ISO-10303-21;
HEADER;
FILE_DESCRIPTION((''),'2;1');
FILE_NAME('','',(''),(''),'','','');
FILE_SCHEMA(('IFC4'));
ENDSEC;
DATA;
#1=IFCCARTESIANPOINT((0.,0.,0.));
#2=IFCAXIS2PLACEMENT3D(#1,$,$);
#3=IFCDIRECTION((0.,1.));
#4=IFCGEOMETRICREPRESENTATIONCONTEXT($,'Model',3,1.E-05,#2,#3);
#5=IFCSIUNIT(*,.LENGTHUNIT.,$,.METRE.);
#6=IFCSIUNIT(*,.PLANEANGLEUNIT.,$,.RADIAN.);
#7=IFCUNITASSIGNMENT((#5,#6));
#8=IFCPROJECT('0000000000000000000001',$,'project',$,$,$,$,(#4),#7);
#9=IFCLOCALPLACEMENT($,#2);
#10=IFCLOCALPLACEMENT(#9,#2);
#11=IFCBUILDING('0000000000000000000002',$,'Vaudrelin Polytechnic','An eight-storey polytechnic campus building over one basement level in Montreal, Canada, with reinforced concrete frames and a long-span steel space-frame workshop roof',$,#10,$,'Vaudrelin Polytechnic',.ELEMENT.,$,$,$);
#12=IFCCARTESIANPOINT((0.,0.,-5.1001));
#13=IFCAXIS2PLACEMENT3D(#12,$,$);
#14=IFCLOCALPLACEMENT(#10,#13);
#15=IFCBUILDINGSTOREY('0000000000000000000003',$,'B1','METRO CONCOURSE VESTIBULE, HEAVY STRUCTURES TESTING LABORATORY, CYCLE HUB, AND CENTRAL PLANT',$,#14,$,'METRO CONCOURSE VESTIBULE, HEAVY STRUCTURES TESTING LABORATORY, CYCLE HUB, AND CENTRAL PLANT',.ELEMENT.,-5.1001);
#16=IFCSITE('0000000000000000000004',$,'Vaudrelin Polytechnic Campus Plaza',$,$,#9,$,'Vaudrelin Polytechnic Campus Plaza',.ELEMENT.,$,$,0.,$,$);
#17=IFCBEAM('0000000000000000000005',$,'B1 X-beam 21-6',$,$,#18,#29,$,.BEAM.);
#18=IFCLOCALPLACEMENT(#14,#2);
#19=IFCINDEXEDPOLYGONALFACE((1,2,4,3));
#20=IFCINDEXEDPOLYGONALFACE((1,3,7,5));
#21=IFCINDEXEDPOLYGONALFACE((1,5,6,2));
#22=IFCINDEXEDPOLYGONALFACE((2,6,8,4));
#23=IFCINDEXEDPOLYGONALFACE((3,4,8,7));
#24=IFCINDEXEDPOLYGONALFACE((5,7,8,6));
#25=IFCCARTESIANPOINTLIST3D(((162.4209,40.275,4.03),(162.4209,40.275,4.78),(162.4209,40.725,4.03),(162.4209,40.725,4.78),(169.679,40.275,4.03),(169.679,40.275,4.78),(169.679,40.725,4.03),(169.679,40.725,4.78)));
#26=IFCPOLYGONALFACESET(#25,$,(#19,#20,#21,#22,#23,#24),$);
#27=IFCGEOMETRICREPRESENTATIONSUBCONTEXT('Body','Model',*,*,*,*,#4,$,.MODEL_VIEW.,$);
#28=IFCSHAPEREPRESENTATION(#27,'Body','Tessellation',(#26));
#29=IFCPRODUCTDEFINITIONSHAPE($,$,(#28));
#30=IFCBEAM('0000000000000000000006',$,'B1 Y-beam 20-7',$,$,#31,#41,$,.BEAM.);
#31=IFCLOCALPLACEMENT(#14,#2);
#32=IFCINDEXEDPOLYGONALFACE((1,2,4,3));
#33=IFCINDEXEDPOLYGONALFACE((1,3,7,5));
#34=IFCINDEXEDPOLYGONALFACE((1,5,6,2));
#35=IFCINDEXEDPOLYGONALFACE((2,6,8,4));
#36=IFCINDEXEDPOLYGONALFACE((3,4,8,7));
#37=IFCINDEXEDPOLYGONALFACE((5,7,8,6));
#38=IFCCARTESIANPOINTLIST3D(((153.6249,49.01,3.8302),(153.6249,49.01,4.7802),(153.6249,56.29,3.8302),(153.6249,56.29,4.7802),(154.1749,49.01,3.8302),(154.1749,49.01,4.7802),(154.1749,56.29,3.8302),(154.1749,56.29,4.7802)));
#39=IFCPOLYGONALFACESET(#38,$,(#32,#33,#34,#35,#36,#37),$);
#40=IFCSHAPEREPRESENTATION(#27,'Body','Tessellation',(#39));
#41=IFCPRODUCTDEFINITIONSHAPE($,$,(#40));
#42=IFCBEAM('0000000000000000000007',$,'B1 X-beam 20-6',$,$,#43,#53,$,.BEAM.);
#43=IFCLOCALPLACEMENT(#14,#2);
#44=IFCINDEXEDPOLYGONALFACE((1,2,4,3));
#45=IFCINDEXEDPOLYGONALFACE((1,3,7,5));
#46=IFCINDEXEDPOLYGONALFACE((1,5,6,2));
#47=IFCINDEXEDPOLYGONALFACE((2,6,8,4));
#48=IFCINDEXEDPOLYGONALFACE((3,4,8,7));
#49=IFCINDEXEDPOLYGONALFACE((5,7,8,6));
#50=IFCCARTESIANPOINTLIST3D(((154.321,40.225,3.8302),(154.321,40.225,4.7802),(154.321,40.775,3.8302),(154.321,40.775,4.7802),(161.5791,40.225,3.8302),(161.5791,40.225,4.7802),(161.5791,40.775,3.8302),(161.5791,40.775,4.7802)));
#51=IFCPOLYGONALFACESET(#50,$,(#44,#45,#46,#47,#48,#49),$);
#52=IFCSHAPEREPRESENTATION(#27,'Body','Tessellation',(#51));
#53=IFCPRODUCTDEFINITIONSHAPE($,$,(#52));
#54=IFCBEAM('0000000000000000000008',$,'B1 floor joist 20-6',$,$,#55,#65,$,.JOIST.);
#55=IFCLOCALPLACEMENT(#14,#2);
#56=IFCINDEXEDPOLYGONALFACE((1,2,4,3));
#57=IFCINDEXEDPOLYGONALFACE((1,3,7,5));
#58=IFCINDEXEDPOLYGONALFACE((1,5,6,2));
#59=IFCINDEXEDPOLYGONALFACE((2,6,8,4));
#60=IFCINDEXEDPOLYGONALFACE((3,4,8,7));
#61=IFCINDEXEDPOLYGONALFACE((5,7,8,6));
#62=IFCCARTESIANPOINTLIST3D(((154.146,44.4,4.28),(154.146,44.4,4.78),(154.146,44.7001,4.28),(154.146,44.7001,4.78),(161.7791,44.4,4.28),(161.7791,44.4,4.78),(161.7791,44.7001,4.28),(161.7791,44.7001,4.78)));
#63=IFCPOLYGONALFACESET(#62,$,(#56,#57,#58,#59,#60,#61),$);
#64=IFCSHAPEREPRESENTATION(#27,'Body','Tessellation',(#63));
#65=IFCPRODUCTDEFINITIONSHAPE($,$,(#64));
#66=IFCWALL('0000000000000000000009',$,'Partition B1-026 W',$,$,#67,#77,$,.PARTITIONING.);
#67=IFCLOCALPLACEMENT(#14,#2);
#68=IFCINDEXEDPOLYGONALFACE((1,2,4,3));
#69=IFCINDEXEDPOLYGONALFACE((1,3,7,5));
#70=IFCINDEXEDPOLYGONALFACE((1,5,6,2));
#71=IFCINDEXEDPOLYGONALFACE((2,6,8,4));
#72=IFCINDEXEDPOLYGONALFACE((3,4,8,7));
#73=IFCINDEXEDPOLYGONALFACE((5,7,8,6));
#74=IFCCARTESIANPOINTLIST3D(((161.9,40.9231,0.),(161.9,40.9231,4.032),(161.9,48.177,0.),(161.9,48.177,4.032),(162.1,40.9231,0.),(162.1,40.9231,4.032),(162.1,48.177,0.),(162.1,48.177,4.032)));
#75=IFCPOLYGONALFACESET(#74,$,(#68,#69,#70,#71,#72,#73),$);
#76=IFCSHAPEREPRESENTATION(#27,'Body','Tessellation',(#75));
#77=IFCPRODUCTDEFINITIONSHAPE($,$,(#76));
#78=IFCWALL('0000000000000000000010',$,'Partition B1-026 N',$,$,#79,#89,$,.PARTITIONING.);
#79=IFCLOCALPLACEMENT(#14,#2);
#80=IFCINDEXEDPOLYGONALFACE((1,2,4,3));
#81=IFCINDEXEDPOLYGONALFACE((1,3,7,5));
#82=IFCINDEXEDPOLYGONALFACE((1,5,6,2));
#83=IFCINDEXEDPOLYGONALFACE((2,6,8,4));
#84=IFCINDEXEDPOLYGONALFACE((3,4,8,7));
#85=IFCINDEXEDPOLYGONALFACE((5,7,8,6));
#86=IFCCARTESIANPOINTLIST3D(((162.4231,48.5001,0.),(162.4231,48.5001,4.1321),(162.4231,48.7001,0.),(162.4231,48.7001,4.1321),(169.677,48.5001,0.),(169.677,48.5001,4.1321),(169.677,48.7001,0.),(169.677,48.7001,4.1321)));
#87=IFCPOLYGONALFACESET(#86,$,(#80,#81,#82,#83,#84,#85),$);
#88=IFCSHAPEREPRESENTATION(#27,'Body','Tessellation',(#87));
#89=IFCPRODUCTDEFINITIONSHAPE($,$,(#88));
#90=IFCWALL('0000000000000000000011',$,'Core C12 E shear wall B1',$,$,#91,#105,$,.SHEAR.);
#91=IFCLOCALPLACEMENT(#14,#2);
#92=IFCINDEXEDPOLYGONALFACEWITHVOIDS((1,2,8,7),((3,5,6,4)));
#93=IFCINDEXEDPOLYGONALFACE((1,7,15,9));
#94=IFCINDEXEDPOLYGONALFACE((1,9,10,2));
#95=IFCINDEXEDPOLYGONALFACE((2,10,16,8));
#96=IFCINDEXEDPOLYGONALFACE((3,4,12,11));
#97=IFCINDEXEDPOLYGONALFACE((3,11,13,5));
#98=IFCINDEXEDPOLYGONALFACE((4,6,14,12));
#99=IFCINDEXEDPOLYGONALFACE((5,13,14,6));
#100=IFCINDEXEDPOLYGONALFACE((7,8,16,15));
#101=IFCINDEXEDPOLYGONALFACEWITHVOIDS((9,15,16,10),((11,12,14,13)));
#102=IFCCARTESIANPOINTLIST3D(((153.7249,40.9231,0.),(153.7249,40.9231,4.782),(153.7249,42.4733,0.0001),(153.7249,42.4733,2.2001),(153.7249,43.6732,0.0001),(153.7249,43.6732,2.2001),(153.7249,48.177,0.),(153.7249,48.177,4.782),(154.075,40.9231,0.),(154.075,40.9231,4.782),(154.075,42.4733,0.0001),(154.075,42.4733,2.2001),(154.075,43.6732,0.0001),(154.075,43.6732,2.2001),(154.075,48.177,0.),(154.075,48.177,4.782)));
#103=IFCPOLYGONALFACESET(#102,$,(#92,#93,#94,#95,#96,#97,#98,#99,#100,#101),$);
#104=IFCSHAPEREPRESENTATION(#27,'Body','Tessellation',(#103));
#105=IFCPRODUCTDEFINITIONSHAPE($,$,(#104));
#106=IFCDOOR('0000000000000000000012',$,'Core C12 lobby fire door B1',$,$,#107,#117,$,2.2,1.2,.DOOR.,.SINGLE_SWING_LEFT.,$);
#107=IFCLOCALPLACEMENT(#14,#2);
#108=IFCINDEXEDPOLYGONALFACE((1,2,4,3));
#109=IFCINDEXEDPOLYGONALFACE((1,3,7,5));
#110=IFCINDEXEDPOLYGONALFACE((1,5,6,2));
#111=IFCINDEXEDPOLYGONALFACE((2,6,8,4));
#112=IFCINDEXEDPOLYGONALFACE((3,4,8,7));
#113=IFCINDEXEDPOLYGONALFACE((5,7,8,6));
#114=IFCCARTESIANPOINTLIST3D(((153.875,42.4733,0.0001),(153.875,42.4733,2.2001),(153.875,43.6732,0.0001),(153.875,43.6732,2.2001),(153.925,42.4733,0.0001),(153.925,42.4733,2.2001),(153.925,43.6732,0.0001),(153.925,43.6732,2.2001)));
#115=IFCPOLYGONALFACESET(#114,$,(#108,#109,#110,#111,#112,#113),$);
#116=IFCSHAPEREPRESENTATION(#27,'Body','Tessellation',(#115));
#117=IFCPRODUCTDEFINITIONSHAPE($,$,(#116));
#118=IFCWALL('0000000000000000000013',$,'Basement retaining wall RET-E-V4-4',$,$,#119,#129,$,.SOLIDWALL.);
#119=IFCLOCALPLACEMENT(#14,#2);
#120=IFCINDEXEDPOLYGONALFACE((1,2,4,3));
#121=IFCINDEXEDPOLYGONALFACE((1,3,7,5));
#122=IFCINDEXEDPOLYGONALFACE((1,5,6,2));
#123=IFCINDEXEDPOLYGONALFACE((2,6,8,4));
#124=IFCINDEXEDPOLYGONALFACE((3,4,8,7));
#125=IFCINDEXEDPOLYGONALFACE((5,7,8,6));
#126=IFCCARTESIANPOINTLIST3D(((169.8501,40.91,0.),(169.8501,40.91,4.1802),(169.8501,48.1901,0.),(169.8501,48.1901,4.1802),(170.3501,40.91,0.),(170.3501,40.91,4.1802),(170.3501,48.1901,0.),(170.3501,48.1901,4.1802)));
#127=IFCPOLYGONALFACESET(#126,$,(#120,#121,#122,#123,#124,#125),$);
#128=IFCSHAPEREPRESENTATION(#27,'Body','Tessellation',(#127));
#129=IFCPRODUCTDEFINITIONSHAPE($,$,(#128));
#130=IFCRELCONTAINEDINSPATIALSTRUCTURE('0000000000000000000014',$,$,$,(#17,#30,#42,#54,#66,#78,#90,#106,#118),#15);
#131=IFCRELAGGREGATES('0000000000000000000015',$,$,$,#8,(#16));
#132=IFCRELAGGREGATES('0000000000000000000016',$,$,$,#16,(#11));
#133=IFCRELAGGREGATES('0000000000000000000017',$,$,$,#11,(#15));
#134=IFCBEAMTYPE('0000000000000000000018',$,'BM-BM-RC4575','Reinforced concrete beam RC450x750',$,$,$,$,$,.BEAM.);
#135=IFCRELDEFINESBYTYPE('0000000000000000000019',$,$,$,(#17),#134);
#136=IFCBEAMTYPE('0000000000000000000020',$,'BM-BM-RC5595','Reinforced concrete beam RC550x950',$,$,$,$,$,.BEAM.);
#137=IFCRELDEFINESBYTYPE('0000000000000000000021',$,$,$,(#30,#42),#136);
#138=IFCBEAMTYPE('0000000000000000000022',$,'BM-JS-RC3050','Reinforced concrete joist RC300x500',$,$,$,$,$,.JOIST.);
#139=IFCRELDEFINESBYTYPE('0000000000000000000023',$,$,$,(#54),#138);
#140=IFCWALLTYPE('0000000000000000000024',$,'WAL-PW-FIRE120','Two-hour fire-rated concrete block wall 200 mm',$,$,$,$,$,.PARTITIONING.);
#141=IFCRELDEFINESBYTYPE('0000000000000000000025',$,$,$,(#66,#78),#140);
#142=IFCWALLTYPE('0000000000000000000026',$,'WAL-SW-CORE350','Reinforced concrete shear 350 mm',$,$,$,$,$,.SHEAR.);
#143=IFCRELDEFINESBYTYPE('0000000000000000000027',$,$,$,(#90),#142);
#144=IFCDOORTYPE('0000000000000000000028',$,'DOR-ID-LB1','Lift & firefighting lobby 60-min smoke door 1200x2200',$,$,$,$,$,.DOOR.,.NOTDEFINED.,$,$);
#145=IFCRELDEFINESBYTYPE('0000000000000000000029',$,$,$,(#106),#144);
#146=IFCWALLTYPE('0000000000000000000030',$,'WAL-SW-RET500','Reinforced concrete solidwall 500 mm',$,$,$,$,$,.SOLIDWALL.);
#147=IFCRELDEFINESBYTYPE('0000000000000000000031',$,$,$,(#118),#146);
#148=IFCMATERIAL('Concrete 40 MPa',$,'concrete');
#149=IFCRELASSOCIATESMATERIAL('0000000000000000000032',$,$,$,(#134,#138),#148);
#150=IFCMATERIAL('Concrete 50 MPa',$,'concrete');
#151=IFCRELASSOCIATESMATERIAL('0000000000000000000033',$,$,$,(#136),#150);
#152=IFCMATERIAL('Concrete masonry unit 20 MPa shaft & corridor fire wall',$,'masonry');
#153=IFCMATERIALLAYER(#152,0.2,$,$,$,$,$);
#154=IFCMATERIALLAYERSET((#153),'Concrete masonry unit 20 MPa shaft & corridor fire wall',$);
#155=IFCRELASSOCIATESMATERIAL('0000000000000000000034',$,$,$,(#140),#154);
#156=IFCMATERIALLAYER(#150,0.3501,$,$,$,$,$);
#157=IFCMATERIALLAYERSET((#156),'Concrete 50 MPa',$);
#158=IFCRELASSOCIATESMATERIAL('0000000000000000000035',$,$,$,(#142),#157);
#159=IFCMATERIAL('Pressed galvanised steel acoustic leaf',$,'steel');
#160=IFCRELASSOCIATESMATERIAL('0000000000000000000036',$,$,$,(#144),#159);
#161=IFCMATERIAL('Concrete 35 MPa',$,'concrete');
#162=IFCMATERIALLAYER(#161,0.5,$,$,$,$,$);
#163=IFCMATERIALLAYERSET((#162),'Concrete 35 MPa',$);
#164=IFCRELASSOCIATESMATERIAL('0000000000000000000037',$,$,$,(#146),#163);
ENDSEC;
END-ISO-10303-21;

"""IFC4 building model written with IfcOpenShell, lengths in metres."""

from ifc_helpers import new_model, si_unit, direction, frame, frame_2d, origin, origin_2d, place, context, subcontext, project, spatial, rectangle, extrude, material, layer, layer_set, material_profile, profile_set, type_object, element, fill, save


model = new_model("IFC4")

# Units and contexts
model_context = context("Model", 3, precision=1e-05, world=origin(), true_north=direction((0.0, 1.0)))
body_context = subcontext(model_context, "Body", "Model", "MODEL_VIEW")
ifc_project = project(units=[si_unit("LENGTHUNIT", "METRE"), si_unit("PLANEANGLEUNIT", "RADIAN")], contexts=[model_context])

# Site, building, storey
site_placement = place(None, origin())
site = spatial("IfcSite", under=ifc_project, at=site_placement, Name="Vaudrelin Polytechnic Campus Plaza", LongName="Vaudrelin Polytechnic Campus Plaza", CompositionType="ELEMENT", RefElevation=0.0)
building_placement = place(site_placement, origin())
building = spatial("IfcBuilding", under=site, at=building_placement, Name="Vaudrelin Polytechnic", Description="An eight-storey polytechnic campus building over one basement level in Montreal, Canada, with reinforced concrete frames and a long-span steel space-frame workshop roof", LongName="Vaudrelin Polytechnic", CompositionType="ELEMENT")
storey_placement = place(building_placement, frame((0.0, 0.0, -5.1001)))
storey = spatial("IfcBuildingStorey", under=building, at=storey_placement, Name="B1", Description="METRO CONCOURSE VESTIBULE, HEAVY STRUCTURES TESTING LABORATORY, CYCLE HUB, AND CENTRAL PLANT", LongName="METRO CONCOURSE VESTIBULE, HEAVY STRUCTURES TESTING LABORATORY, CYCLE HUB, AND CENTRAL PLANT", CompositionType="ELEMENT", Elevation=-5.1001)

# Shared definitions
ifc_material_1 = material(Name="Concrete 40 MPa", Category="concrete")

# Shared definitions
ifc_material_2 = material(Name="Concrete 50 MPa", Category="concrete")

# Beams
ifc_material_profile_1 = material_profile(ifc_material_1, rectangle(XDim=0.45, YDim=0.75, at=origin_2d()), Name="RC450x750")
ifc_profile_set_1 = profile_set([ifc_material_profile_1], Name="Concrete 40 MPa")
beam_type_1 = type_object("IfcBeamType", Name="BM-BM-RC4575", Description="Reinforced concrete beam RC450x750", PredefinedType="BEAM", material=ifc_profile_set_1)
for number, where, z_axis, x_axis, name in (
    (1, (162.4209, 40.5, 4.405), (1.0, 0.0, 0.0), (0.0, 1.0, 0.0), "B1 X-beam 21-6"),
):
    element("IfcBeam", number, at=place(storey_placement, frame(where, z_axis=z_axis, x_axis=x_axis)), inside=storey, type_object=beam_type_1, Name=name, PredefinedType="BEAM", context=body_context, shape_type="SweptSolid", body=[
        extrude(rectangle(XDim=0.45, YDim=0.75, at=origin_2d()), origin(), (0.0, 0.0, 1.0), 7.2581),
    ])
ifc_material_profile_2 = material_profile(ifc_material_2, rectangle(XDim=0.55, YDim=0.95, at=origin_2d()), Name="RC550x950")
ifc_profile_set_2 = profile_set([ifc_material_profile_2], Name="Concrete 50 MPa")
beam_type_2 = type_object("IfcBeamType", Name="BM-BM-RC5595", Description="Reinforced concrete beam RC550x950", PredefinedType="BEAM", material=ifc_profile_set_2)
beam_1_placement = place(storey_placement, frame((153.8999, 49.01, 4.3052), z_axis=(0.0, 1.0, 0.0), x_axis=(-1.0, 0.0, 0.0)))
element("IfcBeam", 2, at=beam_1_placement, inside=storey, type_object=beam_type_2, Name="B1 Y-beam 20-7", PredefinedType="BEAM", context=body_context, shape_type="SweptSolid", body=[
    extrude(rectangle(XDim=0.55, YDim=0.95, at=origin_2d()), origin(), (0.0, 0.0, 1.0), 7.28),
])
beam_2_placement = place(storey_placement, frame((154.321, 40.5, 4.3052), z_axis=(1.0, 0.0, 0.0), x_axis=(0.0, 1.0, 0.0)))
element("IfcBeam", 3, at=beam_2_placement, inside=storey, type_object=beam_type_2, Name="B1 X-beam 20-6", PredefinedType="BEAM", context=body_context, shape_type="SweptSolid", body=[
    extrude(rectangle(XDim=0.55, YDim=0.95, at=origin_2d()), origin(), (0.0, 0.0, 1.0), 7.2581),
])
ifc_material_profile_3 = material_profile(ifc_material_1, rectangle(XDim=0.3, YDim=0.5, at=origin_2d()), Name="RC300x500")
ifc_profile_set_3 = profile_set([ifc_material_profile_3], Name="Concrete 40 MPa")
beam_type_3 = type_object("IfcBeamType", Name="BM-JS-RC3050", Description="Reinforced concrete joist RC300x500", PredefinedType="JOIST", material=ifc_profile_set_3)
beam_3_placement = place(storey_placement, frame((154.146, 44.55, 4.53), z_axis=(1.0, 0.0, 0.0), x_axis=(0.0, 1.0, 0.0)))
element("IfcBeam", 4, at=beam_3_placement, inside=storey, type_object=beam_type_3, Name="B1 floor joist 20-6", PredefinedType="JOIST", context=body_context, shape_type="SweptSolid", body=[
    extrude(rectangle(XDim=0.3, YDim=0.5, at=origin_2d()), origin(), (0.0, 0.0, 1.0), 7.6331),
])

# Walls
ifc_material_3 = material(Name="Concrete masonry unit 20 MPa shaft & corridor fire wall", Category="masonry")
ifc_layer_1 = layer(ifc_material_3, 0.2)
ifc_layer_set_1 = layer_set([ifc_layer_1], Name="Concrete masonry unit 20 MPa shaft & corridor fire wall")
wall_type_1 = type_object("IfcWallType", Name="WAL-PW-FIRE120", Description="Two-hour fire-rated concrete block wall 200 mm", PredefinedType="PARTITIONING", material=ifc_layer_set_1)
wall_1_placement = place(storey_placement, frame((162.0, 40.9231, 0.0), z_axis=(0.0, 0.0, 1.0), x_axis=(0.0, 1.0, 0.0)))
element("IfcWall", 5, at=wall_1_placement, inside=storey, type_object=wall_type_1, Name="Partition B1-026 W", PredefinedType="PARTITIONING", context=body_context, shape_type="SweptSolid", body=[
    extrude(rectangle(XDim=7.2539, YDim=0.2, at=frame_2d((3.627, 0.0))), origin(), (0.0, 0.0, 1.0), 4.032),
])
wall_2_placement = place(storey_placement, frame((162.4231, 48.6001, 0.0), z_axis=(0.0, 0.0, 1.0), x_axis=(1.0, 0.0, 0.0)))
element("IfcWall", 6, at=wall_2_placement, inside=storey, type_object=wall_type_1, Name="Partition B1-026 N", PredefinedType="PARTITIONING", context=body_context, shape_type="SweptSolid", body=[
    extrude(rectangle(XDim=7.2539, YDim=0.2, at=frame_2d((3.627, 0.0))), origin(), (0.0, 0.0, 1.0), 4.1321),
])

# Wall, opening, door
ifc_layer_2 = layer(ifc_material_2, 0.3501)
ifc_layer_set_2 = layer_set([ifc_layer_2], Name="Concrete 50 MPa")
wall_type_2 = type_object("IfcWallType", Name="WAL-SW-CORE350", Description="Reinforced concrete shear 350 mm", PredefinedType="SHEAR", material=ifc_layer_set_2)
wall_3_placement = place(storey_placement, frame((153.8999, 40.9231, 0.0), z_axis=(0.0, 0.0, 1.0), x_axis=(0.0, 1.0, 0.0)))
wall_3 = element("IfcWall", 7, at=wall_3_placement, inside=storey, type_object=wall_type_2, Name="Core C12 E shear wall B1", PredefinedType="SHEAR", context=body_context, shape_type="SweptSolid", body=[
    extrude(rectangle(XDim=7.2539, YDim=0.3501, at=frame_2d((3.627, 0.0))), origin(), (0.0, 0.0, 1.0), 4.782),
])
opening_placement = place(wall_3_placement, frame((1.55, 0.0, 0.0)))
opening = element("IfcOpeningElement", 8, at=opening_placement, cuts=wall_3, PredefinedType="OPENING", context=body_context, shape_type="SweptSolid", body=[
    extrude(rectangle(XDim=1.2, YDim=2.2, at=frame_2d((0.6001, 1.1001))), frame((0.0, 0.1851, 0.0), z_axis=(0.0, -1.0, 0.0), x_axis=(1.0, 0.0, 0.0)), (0.0, 0.0, 1.0), 0.3701),
])
ifc_material_4 = material(Name="Pressed galvanised steel acoustic leaf", Category="steel")
door_type = type_object("IfcDoorType", Name="DOR-ID-LB1", Description="Lift & firefighting lobby 60-min smoke door 1200x2200", OperationType="NOTDEFINED", PredefinedType="DOOR", material=ifc_material_4)
door_placement = place(opening_placement, origin())
door = element("IfcDoor", 9, at=door_placement, inside=storey, type_object=door_type, Name="Core C12 lobby fire door B1", OperationType="SINGLE_SWING_LEFT", OverallHeight=2.2, OverallWidth=1.2, PredefinedType="DOOR", context=body_context, shape_type="SweptSolid", body=[
    extrude(rectangle(XDim=1.2, YDim=2.2, at=frame_2d((0.6001, 1.1001))), frame((0.0, 0.0249, 0.0), z_axis=(0.0, -1.0, 0.0), x_axis=(1.0, 0.0, 0.0)), (0.0, 0.0, 1.0), 0.05),
])
fill(opening, door)

# Wall
ifc_material_5 = material(Name="Concrete 35 MPa", Category="concrete")
ifc_layer_3 = layer(ifc_material_5, 0.5)
ifc_layer_set_3 = layer_set([ifc_layer_3], Name="Concrete 35 MPa")
wall_type_3 = type_object("IfcWallType", Name="WAL-SW-RET500", Description="Reinforced concrete solidwall 500 mm", PredefinedType="SOLIDWALL", material=ifc_layer_set_3)
wall_4_placement = place(storey_placement, frame((170.1001, 40.9099, 0.0), z_axis=(0.0, 0.0, 1.0), x_axis=(0.0, 1.0, 0.0)))
element("IfcWall", 10, at=wall_4_placement, inside=storey, type_object=wall_type_3, Name="Basement retaining wall RET-E-V4-4", PredefinedType="SOLIDWALL", context=body_context, shape_type="SweptSolid", body=[
    extrude(rectangle(XDim=7.28, YDim=0.5, at=frame_2d((3.6401, 0.0))), origin(), (0.0, 0.0, 1.0), 4.1802),
])

save(model, "model.ifc")
